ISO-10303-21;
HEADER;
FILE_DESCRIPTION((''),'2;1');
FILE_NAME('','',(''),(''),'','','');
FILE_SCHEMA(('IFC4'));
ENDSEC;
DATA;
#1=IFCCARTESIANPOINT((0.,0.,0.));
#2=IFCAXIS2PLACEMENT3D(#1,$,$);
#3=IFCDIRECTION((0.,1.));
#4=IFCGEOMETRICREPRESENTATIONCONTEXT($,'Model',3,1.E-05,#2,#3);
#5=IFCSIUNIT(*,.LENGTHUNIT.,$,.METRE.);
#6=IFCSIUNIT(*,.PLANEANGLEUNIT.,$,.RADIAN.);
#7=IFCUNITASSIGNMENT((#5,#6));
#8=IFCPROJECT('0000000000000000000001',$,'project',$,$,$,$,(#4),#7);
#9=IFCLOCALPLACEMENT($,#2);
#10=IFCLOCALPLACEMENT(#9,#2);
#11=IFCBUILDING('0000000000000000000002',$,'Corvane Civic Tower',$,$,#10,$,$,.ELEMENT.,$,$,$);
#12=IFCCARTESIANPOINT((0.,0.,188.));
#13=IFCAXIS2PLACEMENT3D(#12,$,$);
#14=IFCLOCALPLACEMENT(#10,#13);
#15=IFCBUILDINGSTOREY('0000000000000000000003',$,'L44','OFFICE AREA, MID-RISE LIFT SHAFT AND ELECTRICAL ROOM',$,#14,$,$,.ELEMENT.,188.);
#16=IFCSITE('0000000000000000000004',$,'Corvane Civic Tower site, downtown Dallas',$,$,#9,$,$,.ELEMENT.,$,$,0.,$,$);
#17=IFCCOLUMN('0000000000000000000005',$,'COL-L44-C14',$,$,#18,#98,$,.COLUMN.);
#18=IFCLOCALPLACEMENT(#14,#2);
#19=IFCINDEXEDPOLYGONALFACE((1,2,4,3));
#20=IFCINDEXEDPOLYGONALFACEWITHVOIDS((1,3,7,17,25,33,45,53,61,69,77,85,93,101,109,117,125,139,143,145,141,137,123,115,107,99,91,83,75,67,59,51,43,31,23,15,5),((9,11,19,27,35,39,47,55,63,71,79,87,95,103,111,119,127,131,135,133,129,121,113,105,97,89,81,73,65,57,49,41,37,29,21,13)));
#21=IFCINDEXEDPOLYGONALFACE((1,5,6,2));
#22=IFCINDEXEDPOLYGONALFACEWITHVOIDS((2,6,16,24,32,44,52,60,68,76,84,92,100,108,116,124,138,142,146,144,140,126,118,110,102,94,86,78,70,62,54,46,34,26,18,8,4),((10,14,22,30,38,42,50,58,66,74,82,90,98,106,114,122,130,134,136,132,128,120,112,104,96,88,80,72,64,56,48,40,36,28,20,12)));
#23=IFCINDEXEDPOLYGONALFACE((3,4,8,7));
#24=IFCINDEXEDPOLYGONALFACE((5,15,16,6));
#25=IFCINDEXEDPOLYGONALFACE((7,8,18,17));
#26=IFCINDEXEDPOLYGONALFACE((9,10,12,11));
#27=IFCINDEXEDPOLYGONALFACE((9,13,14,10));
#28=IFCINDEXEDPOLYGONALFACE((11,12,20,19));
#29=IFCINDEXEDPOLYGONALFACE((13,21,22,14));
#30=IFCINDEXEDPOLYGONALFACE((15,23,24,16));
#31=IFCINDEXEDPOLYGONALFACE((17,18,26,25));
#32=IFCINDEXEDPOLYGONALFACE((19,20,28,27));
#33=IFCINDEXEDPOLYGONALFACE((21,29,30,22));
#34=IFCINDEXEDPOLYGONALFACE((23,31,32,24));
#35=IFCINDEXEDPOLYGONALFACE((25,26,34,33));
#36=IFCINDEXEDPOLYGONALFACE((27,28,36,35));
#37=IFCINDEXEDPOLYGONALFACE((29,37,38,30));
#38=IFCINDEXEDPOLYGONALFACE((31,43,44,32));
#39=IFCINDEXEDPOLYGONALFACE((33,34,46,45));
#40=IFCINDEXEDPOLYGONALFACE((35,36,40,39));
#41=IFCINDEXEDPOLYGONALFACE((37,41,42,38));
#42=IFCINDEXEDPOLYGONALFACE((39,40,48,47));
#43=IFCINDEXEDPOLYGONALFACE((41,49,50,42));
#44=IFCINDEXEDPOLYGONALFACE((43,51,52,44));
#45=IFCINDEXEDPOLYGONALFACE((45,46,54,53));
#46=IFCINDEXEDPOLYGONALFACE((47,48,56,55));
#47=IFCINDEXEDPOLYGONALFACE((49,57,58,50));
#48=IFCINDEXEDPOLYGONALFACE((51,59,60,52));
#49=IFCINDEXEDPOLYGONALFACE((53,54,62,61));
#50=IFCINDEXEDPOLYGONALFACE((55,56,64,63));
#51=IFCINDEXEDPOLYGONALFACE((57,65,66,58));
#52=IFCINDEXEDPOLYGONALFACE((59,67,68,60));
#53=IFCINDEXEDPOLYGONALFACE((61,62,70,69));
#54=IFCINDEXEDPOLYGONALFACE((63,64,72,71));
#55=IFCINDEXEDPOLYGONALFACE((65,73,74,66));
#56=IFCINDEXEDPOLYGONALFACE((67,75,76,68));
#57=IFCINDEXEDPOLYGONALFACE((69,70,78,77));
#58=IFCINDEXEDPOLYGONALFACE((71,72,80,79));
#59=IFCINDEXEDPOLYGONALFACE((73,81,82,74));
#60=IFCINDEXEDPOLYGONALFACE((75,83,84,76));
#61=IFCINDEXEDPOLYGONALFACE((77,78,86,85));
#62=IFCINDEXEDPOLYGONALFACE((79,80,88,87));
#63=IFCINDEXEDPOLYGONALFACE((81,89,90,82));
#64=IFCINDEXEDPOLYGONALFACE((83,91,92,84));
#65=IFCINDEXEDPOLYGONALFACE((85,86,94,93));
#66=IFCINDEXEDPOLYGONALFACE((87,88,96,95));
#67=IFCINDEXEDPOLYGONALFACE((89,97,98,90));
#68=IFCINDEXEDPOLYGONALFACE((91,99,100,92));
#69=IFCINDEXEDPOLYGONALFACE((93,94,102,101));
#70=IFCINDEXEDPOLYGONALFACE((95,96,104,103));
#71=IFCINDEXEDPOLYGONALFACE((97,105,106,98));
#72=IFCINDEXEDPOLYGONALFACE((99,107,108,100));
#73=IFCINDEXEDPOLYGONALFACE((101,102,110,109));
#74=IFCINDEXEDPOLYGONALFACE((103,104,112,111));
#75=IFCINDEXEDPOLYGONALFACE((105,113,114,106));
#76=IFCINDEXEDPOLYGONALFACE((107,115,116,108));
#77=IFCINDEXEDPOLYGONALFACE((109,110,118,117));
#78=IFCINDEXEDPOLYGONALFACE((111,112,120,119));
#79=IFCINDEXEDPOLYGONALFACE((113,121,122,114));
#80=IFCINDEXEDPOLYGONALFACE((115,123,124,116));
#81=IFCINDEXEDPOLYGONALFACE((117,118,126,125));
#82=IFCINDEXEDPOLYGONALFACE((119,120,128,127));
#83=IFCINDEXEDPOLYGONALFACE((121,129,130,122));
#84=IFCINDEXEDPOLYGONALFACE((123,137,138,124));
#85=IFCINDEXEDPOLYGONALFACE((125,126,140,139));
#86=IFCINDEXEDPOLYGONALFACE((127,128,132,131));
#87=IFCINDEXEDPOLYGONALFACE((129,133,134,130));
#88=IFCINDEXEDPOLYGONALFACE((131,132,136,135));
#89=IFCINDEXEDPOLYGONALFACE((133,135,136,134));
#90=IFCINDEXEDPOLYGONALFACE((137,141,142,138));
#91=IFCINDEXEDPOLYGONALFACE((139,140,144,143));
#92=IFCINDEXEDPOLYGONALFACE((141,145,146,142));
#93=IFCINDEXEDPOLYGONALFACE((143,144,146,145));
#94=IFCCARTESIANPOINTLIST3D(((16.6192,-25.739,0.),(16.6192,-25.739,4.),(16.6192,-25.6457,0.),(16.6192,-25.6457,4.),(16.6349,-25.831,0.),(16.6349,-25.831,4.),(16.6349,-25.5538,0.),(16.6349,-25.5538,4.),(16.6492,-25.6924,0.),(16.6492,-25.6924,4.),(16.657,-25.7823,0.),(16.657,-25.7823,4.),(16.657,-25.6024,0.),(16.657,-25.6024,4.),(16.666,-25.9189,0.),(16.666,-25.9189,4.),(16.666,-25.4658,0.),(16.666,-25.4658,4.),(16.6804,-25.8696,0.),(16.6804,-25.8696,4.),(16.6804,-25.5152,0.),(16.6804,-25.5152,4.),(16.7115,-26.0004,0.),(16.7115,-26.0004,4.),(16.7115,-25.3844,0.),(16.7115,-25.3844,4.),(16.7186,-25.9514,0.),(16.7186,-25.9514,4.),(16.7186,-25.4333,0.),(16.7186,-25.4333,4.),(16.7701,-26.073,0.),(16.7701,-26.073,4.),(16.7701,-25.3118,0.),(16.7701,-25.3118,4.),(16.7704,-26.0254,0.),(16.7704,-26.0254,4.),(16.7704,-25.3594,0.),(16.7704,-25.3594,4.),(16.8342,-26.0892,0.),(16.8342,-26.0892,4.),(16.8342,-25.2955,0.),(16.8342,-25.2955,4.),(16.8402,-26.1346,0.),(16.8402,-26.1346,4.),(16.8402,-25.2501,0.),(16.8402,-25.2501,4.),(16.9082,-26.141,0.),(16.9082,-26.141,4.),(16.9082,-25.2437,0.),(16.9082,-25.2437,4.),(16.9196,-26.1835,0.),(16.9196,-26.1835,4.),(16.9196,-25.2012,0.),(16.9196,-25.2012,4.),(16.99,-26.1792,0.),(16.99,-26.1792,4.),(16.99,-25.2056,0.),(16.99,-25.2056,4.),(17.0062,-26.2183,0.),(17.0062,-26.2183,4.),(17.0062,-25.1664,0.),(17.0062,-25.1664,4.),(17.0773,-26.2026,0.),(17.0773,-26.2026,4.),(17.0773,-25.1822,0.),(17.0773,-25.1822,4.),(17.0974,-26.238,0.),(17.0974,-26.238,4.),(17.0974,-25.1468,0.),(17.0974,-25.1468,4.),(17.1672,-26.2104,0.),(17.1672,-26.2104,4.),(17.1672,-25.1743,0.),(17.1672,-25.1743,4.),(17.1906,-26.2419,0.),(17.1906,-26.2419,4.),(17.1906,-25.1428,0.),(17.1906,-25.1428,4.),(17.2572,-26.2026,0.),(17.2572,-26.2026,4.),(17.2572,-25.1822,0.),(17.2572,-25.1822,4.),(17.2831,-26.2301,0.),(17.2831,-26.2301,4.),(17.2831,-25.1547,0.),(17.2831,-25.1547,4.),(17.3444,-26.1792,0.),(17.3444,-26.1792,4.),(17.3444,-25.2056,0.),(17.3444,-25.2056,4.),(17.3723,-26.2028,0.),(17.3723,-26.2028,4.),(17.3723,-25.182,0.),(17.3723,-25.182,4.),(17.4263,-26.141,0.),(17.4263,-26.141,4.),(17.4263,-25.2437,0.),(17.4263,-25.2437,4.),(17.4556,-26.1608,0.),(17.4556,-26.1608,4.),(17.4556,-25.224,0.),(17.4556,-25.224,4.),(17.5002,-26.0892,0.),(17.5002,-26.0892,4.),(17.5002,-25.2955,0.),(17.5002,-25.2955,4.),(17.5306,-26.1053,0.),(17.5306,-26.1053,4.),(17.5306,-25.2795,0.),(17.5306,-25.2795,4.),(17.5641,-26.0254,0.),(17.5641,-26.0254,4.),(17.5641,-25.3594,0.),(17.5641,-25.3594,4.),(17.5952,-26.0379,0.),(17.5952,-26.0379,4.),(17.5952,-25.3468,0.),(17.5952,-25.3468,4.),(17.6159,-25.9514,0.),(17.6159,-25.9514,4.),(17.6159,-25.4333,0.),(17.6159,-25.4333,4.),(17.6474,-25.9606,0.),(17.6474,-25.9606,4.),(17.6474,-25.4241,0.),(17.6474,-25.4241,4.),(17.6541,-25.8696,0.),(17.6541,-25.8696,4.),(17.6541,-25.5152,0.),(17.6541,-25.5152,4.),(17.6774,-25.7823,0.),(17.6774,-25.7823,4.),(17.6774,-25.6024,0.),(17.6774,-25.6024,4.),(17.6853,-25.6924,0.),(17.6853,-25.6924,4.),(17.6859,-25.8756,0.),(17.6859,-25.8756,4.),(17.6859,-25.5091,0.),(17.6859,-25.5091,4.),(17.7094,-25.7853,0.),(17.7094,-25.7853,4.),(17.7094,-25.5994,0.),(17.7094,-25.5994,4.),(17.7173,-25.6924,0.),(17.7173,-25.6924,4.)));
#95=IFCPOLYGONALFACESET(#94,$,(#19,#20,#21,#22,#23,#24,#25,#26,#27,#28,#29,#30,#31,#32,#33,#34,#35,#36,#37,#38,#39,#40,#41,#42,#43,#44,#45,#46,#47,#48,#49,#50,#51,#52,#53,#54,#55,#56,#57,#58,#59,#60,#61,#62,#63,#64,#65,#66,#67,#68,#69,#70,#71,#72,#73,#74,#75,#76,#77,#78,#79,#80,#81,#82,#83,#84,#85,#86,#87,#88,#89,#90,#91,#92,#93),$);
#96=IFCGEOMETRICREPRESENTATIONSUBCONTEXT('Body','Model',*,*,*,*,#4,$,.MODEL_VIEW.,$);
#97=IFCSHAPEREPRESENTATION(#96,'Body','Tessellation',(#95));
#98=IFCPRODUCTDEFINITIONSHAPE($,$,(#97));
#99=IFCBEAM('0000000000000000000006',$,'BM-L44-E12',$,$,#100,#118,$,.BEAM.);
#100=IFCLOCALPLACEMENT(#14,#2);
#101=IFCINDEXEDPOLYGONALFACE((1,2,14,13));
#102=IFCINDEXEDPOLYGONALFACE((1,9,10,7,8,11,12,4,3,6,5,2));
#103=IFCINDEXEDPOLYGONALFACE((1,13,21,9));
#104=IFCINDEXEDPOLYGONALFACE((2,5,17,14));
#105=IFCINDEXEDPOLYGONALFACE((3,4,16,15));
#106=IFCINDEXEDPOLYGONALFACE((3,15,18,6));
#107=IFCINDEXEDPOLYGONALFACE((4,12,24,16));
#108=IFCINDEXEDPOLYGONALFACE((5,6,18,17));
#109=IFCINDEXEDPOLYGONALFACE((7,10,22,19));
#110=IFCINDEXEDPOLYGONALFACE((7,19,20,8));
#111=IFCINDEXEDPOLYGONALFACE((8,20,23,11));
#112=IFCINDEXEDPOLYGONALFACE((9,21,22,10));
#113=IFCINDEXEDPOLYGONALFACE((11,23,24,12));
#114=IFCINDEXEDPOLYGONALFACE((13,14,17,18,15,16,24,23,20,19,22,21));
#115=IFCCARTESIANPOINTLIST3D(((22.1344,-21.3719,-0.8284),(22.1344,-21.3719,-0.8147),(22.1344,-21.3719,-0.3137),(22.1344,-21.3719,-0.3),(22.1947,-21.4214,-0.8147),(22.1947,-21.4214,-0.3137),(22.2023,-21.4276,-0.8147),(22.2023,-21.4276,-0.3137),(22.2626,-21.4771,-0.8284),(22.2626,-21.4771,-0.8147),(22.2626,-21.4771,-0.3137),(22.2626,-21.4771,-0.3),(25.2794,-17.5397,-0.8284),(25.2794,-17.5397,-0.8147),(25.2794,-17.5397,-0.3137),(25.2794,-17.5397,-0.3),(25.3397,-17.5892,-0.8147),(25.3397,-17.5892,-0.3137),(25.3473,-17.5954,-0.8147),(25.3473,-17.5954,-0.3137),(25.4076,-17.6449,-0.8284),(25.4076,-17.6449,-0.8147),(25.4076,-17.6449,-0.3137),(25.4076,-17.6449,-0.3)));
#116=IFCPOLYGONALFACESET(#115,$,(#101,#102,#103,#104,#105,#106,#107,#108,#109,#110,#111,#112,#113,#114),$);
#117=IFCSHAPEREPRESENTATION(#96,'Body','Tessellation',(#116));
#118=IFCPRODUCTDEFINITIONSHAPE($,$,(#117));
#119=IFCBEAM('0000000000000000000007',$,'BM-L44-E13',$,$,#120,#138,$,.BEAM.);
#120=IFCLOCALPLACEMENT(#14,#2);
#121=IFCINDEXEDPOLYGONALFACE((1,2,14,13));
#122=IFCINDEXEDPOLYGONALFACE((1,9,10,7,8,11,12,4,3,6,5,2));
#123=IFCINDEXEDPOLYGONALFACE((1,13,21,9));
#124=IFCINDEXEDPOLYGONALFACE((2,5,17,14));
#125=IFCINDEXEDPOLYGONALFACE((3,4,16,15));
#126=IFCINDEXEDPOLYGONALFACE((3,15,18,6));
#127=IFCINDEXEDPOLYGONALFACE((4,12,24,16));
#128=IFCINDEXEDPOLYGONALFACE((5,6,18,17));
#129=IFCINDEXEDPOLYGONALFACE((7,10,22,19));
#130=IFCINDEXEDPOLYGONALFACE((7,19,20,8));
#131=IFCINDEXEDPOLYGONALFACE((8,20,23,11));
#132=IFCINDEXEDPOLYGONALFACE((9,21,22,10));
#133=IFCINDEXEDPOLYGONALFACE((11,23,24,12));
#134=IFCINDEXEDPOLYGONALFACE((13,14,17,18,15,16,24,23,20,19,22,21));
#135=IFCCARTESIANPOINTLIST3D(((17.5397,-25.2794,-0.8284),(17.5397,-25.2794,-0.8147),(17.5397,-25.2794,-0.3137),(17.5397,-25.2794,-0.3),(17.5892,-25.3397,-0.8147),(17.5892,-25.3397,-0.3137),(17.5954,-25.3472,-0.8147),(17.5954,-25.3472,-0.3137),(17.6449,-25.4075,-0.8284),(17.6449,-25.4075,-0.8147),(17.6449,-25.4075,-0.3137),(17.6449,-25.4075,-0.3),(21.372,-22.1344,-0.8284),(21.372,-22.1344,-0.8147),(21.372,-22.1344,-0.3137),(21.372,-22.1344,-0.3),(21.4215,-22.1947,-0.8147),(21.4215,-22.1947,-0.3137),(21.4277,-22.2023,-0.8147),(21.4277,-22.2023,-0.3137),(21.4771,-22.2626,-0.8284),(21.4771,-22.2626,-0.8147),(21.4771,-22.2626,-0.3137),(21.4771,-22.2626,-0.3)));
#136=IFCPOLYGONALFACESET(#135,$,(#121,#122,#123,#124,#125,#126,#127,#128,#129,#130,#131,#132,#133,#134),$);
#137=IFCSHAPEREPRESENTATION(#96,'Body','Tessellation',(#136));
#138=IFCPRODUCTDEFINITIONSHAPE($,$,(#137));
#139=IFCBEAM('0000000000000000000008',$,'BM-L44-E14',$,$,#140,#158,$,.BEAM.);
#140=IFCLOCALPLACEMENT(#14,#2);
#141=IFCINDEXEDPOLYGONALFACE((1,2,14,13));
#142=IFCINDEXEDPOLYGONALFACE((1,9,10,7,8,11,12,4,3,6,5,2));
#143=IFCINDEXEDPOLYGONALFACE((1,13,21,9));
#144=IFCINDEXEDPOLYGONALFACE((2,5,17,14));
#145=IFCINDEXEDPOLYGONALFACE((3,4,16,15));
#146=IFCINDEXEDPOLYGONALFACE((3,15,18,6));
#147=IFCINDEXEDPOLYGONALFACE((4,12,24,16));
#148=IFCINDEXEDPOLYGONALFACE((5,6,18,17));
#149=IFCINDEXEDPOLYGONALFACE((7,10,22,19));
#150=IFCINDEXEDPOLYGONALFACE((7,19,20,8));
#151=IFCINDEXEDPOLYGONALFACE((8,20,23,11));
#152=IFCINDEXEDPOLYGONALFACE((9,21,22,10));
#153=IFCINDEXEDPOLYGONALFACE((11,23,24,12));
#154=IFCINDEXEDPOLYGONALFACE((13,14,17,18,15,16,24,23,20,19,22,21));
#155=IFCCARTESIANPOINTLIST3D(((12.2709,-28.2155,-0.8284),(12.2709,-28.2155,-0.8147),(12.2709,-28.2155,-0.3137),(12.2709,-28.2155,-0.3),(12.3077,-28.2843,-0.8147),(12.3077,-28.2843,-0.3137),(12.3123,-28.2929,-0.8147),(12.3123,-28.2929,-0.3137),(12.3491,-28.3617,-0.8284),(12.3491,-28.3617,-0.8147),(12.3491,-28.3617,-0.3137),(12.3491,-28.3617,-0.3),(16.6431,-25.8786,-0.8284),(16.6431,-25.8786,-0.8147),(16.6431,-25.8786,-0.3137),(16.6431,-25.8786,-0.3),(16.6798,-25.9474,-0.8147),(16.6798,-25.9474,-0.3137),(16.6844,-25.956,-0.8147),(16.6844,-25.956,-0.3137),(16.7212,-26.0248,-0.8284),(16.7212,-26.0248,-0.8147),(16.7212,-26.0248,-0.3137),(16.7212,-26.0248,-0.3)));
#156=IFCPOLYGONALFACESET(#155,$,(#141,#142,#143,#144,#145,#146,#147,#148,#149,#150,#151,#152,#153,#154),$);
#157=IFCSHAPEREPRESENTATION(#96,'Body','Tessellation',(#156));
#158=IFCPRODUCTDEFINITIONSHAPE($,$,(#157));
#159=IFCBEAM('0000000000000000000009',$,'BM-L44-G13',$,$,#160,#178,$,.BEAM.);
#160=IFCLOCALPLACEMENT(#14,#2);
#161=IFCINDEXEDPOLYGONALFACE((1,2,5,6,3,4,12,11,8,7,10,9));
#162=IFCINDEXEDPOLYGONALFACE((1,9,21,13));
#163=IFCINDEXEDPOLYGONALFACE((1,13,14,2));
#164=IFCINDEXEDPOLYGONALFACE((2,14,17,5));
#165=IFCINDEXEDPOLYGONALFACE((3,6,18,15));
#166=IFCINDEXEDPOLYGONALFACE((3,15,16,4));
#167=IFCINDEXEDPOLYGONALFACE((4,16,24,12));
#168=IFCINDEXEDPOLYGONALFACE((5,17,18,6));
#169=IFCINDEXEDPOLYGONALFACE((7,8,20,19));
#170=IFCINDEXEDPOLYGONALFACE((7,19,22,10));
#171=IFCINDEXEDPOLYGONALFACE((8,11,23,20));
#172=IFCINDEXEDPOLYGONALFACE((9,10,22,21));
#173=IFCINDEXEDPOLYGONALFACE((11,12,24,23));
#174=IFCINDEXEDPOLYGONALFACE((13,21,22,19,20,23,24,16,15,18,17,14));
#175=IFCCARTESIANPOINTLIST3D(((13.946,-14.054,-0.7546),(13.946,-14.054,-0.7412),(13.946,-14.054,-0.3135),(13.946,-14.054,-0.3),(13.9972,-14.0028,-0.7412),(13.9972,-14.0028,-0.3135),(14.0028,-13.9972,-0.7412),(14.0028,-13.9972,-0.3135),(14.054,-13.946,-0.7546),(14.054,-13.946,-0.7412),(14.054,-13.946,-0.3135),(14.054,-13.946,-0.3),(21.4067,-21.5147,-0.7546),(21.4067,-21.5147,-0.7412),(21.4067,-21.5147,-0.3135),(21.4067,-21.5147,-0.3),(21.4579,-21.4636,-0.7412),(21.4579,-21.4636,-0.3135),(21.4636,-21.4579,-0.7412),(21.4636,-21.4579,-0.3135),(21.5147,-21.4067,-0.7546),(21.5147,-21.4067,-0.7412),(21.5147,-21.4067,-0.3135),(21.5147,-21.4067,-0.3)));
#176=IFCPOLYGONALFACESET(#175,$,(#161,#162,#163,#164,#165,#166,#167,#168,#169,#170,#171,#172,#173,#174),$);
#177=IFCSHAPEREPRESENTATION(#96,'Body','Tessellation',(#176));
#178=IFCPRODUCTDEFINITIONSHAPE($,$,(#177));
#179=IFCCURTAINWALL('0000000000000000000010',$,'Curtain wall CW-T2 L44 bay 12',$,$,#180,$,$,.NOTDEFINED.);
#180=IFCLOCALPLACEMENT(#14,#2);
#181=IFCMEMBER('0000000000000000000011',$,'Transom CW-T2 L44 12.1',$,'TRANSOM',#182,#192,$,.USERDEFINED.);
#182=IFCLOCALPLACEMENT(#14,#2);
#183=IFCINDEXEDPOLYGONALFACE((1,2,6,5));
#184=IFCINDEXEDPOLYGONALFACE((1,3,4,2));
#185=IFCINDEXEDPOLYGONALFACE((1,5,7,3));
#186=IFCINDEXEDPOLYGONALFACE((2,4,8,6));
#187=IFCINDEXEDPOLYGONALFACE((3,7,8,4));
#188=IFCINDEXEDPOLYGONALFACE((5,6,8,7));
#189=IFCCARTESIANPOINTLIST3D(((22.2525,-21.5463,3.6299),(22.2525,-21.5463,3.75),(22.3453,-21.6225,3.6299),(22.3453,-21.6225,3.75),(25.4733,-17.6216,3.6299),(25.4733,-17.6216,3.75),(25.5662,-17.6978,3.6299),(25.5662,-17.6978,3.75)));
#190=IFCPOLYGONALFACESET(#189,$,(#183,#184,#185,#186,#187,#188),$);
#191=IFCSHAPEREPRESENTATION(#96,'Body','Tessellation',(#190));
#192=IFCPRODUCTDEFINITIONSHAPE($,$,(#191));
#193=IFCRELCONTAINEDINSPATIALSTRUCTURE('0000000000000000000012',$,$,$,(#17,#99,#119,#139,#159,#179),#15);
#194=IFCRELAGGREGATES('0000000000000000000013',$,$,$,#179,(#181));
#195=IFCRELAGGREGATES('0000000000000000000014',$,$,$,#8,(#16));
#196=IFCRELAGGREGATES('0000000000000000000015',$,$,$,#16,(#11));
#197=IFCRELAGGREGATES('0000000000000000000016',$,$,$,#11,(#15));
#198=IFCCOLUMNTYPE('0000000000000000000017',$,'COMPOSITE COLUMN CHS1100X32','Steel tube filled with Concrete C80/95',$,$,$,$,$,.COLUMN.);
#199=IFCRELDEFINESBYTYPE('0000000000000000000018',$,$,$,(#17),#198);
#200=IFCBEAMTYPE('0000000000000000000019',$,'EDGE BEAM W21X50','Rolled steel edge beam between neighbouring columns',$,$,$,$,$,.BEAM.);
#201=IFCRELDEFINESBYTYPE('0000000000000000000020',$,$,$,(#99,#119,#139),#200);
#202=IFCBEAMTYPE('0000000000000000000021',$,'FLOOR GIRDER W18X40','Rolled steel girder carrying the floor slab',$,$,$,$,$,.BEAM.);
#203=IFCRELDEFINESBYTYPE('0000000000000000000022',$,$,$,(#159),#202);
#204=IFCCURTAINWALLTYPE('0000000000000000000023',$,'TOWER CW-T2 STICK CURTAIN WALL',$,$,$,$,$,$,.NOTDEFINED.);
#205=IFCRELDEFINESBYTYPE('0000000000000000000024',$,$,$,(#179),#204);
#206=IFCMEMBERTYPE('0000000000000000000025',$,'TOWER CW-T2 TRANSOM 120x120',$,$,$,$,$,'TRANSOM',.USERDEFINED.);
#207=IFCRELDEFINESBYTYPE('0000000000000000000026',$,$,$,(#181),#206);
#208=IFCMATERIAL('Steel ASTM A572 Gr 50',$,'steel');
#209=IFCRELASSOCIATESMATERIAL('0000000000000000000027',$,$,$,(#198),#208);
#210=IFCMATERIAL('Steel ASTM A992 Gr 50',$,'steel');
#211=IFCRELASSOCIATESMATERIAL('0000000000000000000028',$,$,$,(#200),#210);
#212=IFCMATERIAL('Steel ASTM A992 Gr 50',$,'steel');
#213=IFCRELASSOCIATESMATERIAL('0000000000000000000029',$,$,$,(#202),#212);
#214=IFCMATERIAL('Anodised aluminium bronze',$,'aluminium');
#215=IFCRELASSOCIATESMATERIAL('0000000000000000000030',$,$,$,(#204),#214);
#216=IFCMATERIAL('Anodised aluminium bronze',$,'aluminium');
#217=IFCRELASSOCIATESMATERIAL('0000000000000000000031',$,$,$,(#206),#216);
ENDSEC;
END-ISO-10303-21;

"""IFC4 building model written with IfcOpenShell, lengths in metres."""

from ifc_helpers import new_model, si_unit, direction, frame, origin, origin_2d, place, context, subcontext, project, spatial, rectangle, hollow_circle, i_section, extrude, material, material_profile, profile_set, type_object, element, aggregate, save


model = new_model("IFC4")

# Units and contexts
model_context = context("Model", 3, precision=1e-05, world=origin(), true_north=direction((0.0, 1.0)))
body_context = subcontext(model_context, "Body", "Model", "MODEL_VIEW")
ifc_project = project(units=[si_unit("LENGTHUNIT", "METRE"), si_unit("PLANEANGLEUNIT", "RADIAN")], contexts=[model_context])

# Site, building, storey
site_placement = place(None, origin())
site = spatial("IfcSite", under=ifc_project, at=site_placement, Name="Corvane Civic Tower site, downtown Dallas", CompositionType="ELEMENT", RefElevation=0.0)
building_placement = place(site_placement, origin())
building = spatial("IfcBuilding", under=site, at=building_placement, Name="Corvane Civic Tower", CompositionType="ELEMENT")
storey_placement = place(building_placement, frame((0.0, 0.0, 188.0)))
storey = spatial("IfcBuildingStorey", under=building, at=storey_placement, Name="L44", Description="OFFICE AREA, MID-RISE LIFT SHAFT AND ELECTRICAL ROOM", CompositionType="ELEMENT", Elevation=188.0)

# Column
ifc_material_1 = material(Name="Steel ASTM A572 Gr 50", Category="steel")
ifc_material_profile_1 = material_profile(ifc_material_1, hollow_circle(Radius=0.55, WallThickness=0.032, at=origin_2d()), Name="CHS1100X32")
ifc_profile_set_1 = profile_set([ifc_material_profile_1], Name="Steel ASTM A572 Gr 50")
column_type = type_object("IfcColumnType", Name="COMPOSITE COLUMN CHS1100X32", Description="Steel tube filled with Concrete C80/95", PredefinedType="COLUMN", material=ifc_profile_set_1)
for number, where, z_axis, x_axis, name in (
    (1, (17.1672, -25.6924, 0.0), (0.0, 0.0, 1.0), (1.0, 0.0, 0.0), "COL-L44-C14"),
):
    element("IfcColumn", number, at=place(storey_placement, frame(where, z_axis=z_axis, x_axis=x_axis)), inside=storey, type_object=column_type, Name=name, PredefinedType="COLUMN", context=body_context, shape_type="SweptSolid", body=[
        extrude(hollow_circle(Radius=0.55, WallThickness=0.032, at=origin_2d()), origin(), (0.0, 0.0, 1.0), 4.0),
    ])

# Beams
ifc_material_2 = material(Name="Steel ASTM A992 Gr 50", Category="steel")
ifc_material_profile_2 = material_profile(ifc_material_2, i_section(OverallWidth=0.1658, OverallDepth=0.5283, WebThickness=0.0098, FlangeThickness=0.0137, at=origin_2d()), Name="W21X50")
ifc_profile_set_2 = profile_set([ifc_material_profile_2], Name="Steel ASTM A992 Gr 50")
beam_type_1 = type_object("IfcBeamType", Name="EDGE BEAM W21X50", Description="Rolled steel edge beam between neighbouring columns", PredefinedType="BEAM", material=ifc_profile_set_2)
for number, where, z_axis, x_axis, name in (
    (2, (25.3435, -17.5923, -0.5642), (-0.634388, -0.773015, 0.0), (0.773015, -0.634388, 0.0), "BM-L44-E12"),
    (3, (21.4246, -22.1985, -0.5642), (-0.773015, -0.634388, 0.0), (0.634388, -0.773015, 0.0), "BM-L44-E13"),
    (4, (16.6821, -25.9517, -0.5642), (-0.881922, -0.471396, 0.0), (0.471396, -0.881922, 0.0), "BM-L44-E14"),
):
    element("IfcBeam", number, at=place(storey_placement, frame(where, z_axis=z_axis, x_axis=x_axis)), inside=storey, type_object=beam_type_1, Name=name, PredefinedType="BEAM", context=body_context, shape_type="SweptSolid", body=[
        extrude(i_section(OverallWidth=0.1658, OverallDepth=0.5283, WebThickness=0.0098, FlangeThickness=0.0137, at=origin_2d()), origin(), (0.0, 0.0, 1.0), 4.9575),
    ])
ifc_material_3 = material(Name="Steel ASTM A992 Gr 50", Category="steel")
ifc_material_profile_3 = material_profile(ifc_material_3, i_section(OverallWidth=0.1528, OverallDepth=0.4546, WebThickness=0.0081, FlangeThickness=0.0134, at=origin_2d()), Name="W18X40")
ifc_profile_set_3 = profile_set([ifc_material_profile_3], Name="Steel ASTM A992 Gr 50")
beam_type_2 = type_object("IfcBeamType", Name="FLOOR GIRDER W18X40", Description="Rolled steel girder carrying the floor slab", PredefinedType="BEAM", material=ifc_profile_set_3)
beam_placement = place(storey_placement, frame((14.0, -14.0, -0.5273), z_axis=(0.707107, -0.707107, 0.0), x_axis=(0.707107, 0.707107, 0.0)))
element("IfcBeam", 5, at=beam_placement, inside=storey, type_object=beam_type_2, Name="BM-L44-G13", PredefinedType="BEAM", context=body_context, shape_type="SweptSolid", body=[
    extrude(i_section(OverallWidth=0.1528, OverallDepth=0.4546, WebThickness=0.0081, FlangeThickness=0.0134, at=origin_2d()), origin(), (0.0, 0.0, 1.0), 10.551),
])

# Curtain wall, member
ifc_material_4 = material(Name="Anodised aluminium bronze", Category="aluminium")
curtain_wall_type = type_object("IfcCurtainWallType", Name="TOWER CW-T2 STICK CURTAIN WALL", PredefinedType="NOTDEFINED", material=ifc_material_4)
curtain_wall_1_placement = place(storey_placement, origin())
curtain_wall_1 = element("IfcCurtainWall", 6, at=curtain_wall_1_placement, inside=storey, type_object=curtain_wall_type, Name="Curtain wall CW-T2 L44 bay 12", PredefinedType="NOTDEFINED")
ifc_material_5 = material(Name="Anodised aluminium bronze", Category="aluminium")
ifc_material_profile_4 = material_profile(ifc_material_5, rectangle(XDim=0.1201, YDim=0.1201, at=origin_2d()), Name="TOWER CW-T2 TRANSOM 120x120")
ifc_profile_set_4 = profile_set([ifc_material_profile_4], Name="Anodised aluminium bronze")
member_type = type_object("IfcMemberType", Name="TOWER CW-T2 TRANSOM 120x120", ElementType="TRANSOM", PredefinedType="USERDEFINED", material=ifc_profile_set_4)
member_1_placement = place(storey_placement, frame((25.5198, -17.6597, 3.6899), z_axis=(-0.634387, -0.773016, 0.0), x_axis=(0.773016, -0.634387, 0.0)))
member_1 = element("IfcMember", 7, at=member_1_placement, type_object=member_type, Name="Transom CW-T2 L44 12.1", ObjectType="TRANSOM", PredefinedType="USERDEFINED", context=body_context, shape_type="SweptSolid", body=[
    extrude(rectangle(XDim=0.1201, YDim=0.1201, at=origin_2d()), origin(), (0.0, 0.0, 1.0), 5.0771),
])

aggregate(curtain_wall_1, [member_1])

save(model, "model.ifc")
